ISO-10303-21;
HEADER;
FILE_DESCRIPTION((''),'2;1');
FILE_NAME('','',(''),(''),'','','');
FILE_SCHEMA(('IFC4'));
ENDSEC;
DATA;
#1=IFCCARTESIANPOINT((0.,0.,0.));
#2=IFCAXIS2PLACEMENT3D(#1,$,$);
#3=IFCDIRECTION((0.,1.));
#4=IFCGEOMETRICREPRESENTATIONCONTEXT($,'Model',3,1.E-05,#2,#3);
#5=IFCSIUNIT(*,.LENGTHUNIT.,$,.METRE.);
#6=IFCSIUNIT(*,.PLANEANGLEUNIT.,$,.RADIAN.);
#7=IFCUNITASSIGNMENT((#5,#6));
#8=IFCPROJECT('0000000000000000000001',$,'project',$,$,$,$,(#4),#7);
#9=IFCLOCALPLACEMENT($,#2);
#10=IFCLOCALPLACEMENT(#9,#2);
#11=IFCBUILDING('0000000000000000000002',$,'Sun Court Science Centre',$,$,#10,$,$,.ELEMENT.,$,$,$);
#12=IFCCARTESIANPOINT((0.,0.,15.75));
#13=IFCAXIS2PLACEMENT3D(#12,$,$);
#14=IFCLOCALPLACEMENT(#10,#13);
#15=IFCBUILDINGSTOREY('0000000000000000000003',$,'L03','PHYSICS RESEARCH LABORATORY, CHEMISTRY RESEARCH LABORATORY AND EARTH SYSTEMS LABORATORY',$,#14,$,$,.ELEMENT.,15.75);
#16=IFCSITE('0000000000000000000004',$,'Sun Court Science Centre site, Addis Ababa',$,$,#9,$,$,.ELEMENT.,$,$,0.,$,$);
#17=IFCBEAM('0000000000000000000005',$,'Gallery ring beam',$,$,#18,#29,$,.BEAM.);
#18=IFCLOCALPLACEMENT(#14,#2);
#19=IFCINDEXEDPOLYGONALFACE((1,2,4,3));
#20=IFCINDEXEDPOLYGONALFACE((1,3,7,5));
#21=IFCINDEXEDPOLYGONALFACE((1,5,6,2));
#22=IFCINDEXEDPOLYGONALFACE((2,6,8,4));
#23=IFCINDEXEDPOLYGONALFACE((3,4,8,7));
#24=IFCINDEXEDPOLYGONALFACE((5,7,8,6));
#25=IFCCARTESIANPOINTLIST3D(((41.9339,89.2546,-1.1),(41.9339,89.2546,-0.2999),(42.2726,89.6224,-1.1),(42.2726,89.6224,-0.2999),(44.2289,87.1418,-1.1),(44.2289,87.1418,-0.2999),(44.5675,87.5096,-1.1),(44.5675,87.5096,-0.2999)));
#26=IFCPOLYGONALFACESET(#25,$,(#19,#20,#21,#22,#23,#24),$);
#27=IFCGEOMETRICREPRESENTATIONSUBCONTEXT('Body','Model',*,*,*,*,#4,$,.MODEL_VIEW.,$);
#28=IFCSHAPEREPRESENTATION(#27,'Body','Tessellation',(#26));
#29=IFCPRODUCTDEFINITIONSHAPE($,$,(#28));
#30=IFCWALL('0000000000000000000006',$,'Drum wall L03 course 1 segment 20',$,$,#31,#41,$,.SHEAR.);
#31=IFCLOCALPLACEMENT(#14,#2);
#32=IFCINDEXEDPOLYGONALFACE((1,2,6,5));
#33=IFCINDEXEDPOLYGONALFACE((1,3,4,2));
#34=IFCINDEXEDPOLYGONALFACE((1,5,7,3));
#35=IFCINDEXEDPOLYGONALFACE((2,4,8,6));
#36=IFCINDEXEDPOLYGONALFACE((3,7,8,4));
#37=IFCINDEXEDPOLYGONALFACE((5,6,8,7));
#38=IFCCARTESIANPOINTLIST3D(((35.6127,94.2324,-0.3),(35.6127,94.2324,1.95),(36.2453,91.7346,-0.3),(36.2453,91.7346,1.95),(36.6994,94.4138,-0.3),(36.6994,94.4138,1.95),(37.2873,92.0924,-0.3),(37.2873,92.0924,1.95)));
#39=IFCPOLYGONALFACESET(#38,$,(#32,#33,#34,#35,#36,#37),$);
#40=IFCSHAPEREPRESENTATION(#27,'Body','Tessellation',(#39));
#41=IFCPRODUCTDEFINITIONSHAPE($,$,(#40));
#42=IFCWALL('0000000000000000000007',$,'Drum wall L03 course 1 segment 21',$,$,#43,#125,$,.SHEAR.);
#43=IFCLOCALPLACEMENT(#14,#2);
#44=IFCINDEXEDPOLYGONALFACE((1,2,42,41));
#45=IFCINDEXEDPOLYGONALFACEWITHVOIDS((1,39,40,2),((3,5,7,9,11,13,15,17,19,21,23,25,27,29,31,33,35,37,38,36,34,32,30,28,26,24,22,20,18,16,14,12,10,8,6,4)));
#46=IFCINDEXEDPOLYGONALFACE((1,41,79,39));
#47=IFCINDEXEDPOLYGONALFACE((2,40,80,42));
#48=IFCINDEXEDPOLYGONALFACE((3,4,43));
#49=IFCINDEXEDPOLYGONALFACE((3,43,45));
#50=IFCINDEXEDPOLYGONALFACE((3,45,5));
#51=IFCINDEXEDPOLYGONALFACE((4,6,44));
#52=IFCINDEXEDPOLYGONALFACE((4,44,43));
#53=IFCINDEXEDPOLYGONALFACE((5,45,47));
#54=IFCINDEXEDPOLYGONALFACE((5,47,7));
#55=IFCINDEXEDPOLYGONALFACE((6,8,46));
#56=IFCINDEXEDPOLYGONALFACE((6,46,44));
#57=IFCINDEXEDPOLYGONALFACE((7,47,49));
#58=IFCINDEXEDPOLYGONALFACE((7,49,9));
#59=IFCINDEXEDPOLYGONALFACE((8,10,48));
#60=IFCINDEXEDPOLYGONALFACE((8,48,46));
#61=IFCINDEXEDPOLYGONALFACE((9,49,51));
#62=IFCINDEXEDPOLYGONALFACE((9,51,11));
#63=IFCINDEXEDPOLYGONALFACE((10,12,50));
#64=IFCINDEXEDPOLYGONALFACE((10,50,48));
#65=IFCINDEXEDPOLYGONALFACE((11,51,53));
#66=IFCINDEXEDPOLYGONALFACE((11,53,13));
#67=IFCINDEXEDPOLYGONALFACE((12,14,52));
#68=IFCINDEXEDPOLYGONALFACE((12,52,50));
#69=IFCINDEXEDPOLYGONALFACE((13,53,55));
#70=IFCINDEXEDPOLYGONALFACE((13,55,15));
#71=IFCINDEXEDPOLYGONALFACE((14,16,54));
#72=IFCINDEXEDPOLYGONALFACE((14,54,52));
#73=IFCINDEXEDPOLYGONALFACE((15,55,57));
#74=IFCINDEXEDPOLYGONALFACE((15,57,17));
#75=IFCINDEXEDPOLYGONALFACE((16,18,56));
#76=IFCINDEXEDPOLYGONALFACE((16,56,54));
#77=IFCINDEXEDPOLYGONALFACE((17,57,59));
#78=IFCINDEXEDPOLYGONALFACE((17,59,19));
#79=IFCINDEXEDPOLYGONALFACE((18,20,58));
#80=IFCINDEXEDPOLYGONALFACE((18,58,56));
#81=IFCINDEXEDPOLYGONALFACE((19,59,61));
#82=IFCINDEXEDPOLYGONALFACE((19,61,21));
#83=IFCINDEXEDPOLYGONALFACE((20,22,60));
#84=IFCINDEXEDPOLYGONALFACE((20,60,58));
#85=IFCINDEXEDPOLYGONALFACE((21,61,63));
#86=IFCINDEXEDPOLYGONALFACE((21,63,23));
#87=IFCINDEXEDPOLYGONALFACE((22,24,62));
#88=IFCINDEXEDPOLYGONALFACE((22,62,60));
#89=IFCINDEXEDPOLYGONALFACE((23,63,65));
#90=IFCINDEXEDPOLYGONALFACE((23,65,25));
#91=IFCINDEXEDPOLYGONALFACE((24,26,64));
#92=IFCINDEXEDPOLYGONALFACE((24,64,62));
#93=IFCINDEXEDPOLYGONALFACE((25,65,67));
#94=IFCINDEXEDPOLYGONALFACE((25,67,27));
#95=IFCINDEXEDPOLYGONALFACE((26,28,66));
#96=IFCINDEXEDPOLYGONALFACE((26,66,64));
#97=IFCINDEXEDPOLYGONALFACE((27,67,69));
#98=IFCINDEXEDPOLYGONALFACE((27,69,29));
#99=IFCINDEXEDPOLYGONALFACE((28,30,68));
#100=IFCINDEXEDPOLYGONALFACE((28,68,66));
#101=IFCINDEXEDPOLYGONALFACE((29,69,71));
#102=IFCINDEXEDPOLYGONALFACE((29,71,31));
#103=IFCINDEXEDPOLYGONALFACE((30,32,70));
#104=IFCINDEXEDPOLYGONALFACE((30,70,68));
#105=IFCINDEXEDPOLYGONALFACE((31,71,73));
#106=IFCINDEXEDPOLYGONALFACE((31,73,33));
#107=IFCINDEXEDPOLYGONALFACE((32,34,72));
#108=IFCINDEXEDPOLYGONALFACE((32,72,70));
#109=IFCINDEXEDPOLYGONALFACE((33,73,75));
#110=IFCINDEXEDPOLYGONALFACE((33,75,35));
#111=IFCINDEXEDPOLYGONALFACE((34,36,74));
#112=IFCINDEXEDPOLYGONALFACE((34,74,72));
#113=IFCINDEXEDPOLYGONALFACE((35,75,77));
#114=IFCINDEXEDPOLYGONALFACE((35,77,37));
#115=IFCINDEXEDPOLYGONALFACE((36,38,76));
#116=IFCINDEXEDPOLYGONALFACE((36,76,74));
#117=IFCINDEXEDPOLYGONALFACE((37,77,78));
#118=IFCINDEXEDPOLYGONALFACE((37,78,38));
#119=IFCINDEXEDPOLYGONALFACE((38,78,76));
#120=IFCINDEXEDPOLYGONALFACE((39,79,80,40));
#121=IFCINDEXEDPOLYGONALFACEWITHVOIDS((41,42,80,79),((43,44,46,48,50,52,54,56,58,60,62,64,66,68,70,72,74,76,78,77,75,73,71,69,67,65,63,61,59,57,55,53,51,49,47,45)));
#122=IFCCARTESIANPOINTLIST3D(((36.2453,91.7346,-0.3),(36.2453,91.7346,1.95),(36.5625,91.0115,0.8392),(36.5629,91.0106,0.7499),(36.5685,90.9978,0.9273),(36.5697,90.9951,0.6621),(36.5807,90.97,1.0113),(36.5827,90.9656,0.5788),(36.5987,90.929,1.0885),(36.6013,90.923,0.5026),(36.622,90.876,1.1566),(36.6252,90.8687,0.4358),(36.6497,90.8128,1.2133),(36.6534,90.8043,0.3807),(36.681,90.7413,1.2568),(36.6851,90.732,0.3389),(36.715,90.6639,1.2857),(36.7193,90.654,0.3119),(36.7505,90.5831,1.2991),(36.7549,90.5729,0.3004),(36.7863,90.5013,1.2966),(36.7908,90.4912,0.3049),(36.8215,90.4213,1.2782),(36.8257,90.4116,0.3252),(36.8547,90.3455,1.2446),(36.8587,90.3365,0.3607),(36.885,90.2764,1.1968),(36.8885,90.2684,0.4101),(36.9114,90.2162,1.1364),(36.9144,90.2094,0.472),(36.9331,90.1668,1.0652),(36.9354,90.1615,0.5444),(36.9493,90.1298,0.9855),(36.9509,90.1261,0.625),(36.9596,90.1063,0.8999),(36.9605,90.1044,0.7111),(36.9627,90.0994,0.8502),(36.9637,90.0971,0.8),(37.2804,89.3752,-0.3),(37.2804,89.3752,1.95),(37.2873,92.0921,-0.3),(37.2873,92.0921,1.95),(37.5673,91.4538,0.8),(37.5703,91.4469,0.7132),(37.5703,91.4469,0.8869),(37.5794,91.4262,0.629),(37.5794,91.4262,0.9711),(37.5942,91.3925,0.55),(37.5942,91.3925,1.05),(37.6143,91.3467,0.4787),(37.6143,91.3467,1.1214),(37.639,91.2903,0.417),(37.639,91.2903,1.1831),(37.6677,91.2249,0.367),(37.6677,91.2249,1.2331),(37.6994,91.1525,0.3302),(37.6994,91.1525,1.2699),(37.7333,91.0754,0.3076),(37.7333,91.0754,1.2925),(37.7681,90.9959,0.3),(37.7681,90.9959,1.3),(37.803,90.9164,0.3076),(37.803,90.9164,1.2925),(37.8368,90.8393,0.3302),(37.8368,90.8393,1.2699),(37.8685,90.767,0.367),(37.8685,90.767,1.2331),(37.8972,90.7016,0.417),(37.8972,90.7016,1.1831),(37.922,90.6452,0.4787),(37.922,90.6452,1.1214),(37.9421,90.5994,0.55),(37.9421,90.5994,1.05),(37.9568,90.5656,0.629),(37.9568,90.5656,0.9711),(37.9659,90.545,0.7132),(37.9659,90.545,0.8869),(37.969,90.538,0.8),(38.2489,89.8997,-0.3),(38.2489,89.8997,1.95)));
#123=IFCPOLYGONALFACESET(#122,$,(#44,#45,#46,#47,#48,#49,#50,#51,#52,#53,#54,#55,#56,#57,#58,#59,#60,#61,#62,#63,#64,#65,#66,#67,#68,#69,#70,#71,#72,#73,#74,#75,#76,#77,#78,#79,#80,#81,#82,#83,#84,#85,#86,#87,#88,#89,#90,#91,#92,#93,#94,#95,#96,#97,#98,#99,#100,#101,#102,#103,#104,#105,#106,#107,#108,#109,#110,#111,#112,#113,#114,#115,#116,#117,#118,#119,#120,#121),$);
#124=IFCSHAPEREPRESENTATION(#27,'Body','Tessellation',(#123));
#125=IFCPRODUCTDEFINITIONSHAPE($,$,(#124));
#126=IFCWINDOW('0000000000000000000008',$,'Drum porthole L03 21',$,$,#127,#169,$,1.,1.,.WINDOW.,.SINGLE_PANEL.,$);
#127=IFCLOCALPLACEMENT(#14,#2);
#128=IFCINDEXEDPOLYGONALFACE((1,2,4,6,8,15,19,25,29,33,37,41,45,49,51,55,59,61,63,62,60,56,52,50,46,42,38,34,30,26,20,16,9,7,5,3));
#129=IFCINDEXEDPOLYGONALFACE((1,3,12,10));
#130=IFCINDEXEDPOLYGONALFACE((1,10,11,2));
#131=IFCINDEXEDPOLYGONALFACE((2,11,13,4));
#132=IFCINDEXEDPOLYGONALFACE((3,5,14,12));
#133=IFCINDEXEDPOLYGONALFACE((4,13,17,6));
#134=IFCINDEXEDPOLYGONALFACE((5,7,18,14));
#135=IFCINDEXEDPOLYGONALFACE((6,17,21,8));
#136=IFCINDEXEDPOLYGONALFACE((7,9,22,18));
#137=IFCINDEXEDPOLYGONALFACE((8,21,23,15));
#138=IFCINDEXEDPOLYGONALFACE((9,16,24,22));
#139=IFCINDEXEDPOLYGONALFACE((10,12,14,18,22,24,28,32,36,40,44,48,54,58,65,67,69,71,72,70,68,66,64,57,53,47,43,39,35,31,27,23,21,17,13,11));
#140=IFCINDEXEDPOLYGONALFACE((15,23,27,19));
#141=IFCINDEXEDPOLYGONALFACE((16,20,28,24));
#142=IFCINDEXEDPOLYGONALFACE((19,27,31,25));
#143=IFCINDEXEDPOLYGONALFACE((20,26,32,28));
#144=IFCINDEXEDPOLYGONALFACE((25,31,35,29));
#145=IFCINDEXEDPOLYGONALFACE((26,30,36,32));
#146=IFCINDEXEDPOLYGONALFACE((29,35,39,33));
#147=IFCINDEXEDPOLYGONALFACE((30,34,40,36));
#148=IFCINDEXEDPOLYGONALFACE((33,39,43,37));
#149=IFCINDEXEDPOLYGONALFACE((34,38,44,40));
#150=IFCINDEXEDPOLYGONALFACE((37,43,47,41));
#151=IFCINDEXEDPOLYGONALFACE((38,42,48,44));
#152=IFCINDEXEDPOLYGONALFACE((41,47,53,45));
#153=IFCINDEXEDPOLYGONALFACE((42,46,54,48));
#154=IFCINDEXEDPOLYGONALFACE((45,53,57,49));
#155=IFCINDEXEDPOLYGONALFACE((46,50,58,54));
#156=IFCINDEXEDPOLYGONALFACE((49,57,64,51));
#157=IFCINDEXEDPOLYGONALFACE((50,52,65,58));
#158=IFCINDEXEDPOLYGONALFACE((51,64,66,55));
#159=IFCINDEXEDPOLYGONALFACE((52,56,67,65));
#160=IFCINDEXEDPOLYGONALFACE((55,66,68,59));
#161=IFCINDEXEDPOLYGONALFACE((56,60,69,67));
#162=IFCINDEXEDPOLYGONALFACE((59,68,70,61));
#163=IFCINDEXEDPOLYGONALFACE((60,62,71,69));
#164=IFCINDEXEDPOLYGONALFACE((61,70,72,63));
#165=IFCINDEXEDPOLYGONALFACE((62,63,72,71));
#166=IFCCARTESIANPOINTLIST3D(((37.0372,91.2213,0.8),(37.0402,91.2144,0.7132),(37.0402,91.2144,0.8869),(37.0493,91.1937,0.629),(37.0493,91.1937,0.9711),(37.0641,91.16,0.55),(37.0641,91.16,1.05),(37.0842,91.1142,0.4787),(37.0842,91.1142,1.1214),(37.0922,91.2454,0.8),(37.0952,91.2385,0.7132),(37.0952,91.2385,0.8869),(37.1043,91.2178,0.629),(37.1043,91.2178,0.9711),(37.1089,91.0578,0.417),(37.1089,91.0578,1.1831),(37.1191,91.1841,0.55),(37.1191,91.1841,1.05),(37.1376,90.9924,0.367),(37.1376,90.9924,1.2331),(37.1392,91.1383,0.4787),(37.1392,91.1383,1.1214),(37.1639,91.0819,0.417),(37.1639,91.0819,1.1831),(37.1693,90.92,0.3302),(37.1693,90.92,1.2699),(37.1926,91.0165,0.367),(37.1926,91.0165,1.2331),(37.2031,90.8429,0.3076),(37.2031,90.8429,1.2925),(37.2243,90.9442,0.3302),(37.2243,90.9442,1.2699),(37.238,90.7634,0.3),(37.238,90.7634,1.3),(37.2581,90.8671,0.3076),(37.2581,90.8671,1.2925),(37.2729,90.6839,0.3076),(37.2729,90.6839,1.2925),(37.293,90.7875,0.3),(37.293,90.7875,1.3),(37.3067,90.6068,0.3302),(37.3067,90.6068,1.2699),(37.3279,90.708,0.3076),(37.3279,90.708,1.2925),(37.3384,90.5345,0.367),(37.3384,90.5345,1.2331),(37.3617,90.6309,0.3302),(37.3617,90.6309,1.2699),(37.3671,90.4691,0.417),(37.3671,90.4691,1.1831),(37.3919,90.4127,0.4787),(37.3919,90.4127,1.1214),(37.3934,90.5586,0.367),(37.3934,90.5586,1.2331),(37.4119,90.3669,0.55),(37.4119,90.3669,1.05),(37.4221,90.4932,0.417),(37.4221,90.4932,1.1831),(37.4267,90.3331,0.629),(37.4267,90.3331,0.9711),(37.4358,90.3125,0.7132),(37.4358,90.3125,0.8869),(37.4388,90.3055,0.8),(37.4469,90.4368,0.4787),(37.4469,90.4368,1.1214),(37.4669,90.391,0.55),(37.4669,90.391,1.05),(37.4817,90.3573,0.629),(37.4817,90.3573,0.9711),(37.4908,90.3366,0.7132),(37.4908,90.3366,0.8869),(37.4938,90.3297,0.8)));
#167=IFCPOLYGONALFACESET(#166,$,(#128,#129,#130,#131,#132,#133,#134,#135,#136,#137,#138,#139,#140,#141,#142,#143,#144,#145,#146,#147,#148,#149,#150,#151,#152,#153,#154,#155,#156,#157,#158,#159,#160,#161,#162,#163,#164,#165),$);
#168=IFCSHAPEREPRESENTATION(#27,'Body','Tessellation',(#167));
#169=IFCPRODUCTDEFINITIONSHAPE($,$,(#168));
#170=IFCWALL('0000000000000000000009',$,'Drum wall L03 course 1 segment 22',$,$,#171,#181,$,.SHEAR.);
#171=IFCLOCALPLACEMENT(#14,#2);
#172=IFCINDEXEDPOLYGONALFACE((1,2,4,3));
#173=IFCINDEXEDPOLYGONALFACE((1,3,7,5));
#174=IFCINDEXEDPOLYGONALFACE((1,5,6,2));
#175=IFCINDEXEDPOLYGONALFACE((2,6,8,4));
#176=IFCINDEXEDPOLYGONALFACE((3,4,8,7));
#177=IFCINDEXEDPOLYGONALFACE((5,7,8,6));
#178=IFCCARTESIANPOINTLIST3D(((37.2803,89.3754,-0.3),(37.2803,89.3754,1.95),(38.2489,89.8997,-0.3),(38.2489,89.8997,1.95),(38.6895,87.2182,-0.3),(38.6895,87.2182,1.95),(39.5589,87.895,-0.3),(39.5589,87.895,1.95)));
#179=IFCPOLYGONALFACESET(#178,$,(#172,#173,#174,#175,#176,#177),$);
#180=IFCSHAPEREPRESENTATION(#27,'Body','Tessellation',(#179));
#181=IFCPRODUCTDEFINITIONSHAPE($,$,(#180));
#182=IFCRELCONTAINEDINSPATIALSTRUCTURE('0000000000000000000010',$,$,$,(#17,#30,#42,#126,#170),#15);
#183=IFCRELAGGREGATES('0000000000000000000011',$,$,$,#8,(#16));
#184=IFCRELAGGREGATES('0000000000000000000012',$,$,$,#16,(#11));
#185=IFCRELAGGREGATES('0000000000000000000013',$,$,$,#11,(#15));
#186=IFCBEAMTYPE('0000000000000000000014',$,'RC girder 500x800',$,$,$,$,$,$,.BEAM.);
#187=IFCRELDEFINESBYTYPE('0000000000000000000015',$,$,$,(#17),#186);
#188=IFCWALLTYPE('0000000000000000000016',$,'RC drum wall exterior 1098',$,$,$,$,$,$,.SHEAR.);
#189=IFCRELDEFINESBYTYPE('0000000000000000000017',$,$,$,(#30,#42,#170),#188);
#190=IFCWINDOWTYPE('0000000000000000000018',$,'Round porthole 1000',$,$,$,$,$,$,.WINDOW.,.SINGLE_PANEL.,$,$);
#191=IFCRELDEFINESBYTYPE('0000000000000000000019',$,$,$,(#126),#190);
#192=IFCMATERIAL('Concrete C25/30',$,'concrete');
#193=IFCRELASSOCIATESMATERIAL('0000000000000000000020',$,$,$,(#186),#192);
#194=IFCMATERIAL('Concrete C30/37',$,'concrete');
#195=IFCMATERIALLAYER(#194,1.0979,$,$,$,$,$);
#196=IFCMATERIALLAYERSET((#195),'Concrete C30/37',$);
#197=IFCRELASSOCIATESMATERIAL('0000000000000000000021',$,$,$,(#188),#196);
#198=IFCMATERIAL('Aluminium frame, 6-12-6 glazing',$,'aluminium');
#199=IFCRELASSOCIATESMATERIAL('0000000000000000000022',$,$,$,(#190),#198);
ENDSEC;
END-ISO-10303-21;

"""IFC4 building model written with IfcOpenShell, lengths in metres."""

from ifc_helpers import new_model, si_unit, direction, frame, frame_2d, origin, origin_2d, place, context, subcontext, project, spatial, polyline, rectangle, circle, outline, extrude, material, layer, layer_set, material_profile, profile_set, type_object, element, fill, save


model = new_model("IFC4")

# Units and contexts
model_context = context("Model", 3, precision=1e-05, world=origin(), true_north=direction((0.0, 1.0)))
body_context = subcontext(model_context, "Body", "Model", "MODEL_VIEW")
ifc_project = project(units=[si_unit("LENGTHUNIT", "METRE"), si_unit("PLANEANGLEUNIT", "RADIAN")], contexts=[model_context])

# Site, building, storey
site_placement = place(None, origin())
site = spatial("IfcSite", under=ifc_project, at=site_placement, Name="Sun Court Science Centre site, Addis Ababa", CompositionType="ELEMENT", RefElevation=0.0)
building_placement = place(site_placement, origin())
building = spatial("IfcBuilding", under=site, at=building_placement, Name="Sun Court Science Centre", CompositionType="ELEMENT")
storey_placement = place(building_placement, frame((0.0, 0.0, 15.75)))
storey = spatial("IfcBuildingStorey", under=building, at=storey_placement, Name="L03", Description="PHYSICS RESEARCH LABORATORY, CHEMISTRY RESEARCH LABORATORY AND EARTH SYSTEMS LABORATORY", CompositionType="ELEMENT", Elevation=15.75)

# Beam
ifc_material_1 = material(Name="Concrete C25/30", Category="concrete")
ifc_material_profile_1 = material_profile(ifc_material_1, rectangle(XDim=0.5, YDim=0.8, at=origin_2d()), Name="RC 500x800")
ifc_profile_set_1 = profile_set([ifc_material_profile_1], Name="Concrete C25/30")
beam_type = type_object("IfcBeamType", Name="RC girder 500x800", PredefinedType="BEAM", material=ifc_profile_set_1)
beam_1_placement = place(storey_placement, frame((42.1033, 89.4385, -0.7), z_axis=(0.735697, -0.677311, 0.0), x_axis=(0.677311, 0.735697, 0.0)))
element("IfcBeam", 1, at=beam_1_placement, inside=storey, type_object=beam_type, Name="Gallery ring beam", PredefinedType="BEAM", context=body_context, shape_type="SweptSolid", body=[
    extrude(rectangle(XDim=0.5, YDim=0.8, at=origin_2d()), origin(), (0.0, 0.0, 1.0), 3.1194),
])

# Wall
ifc_material_2 = material(Name="Concrete C30/37", Category="concrete")
ifc_layer_1 = layer(ifc_material_2, 1.0979)
ifc_layer_set_1 = layer_set([ifc_layer_1], Name="Concrete C30/37")
wall_type_1 = type_object("IfcWallType", Name="RC drum wall exterior 1098", PredefinedType="SHEAR", material=ifc_layer_set_1)
wall_1_placement = place(storey_placement, frame((36.145, 94.3672, -0.3), z_axis=(0.0, 0.0, 1.0), x_axis=(0.245411, -0.969419, 0.0)))
element("IfcWall", 2, at=wall_1_placement, inside=storey, type_object=wall_type_1, Name="Drum wall L03 course 1 segment 20", PredefinedType="SHEAR", context=body_context, shape_type="SweptSolid", body=[
    extrude(outline(polyline([(0.0, -0.5491), (2.5767, -0.5488), (2.4856, 0.5491), (0.0908, 0.5488), (0.0, -0.5491)])), origin(), (0.0, 0.0, 1.0), 2.25),
])

# Wall, opening, window
wall_2_placement = place(storey_placement, frame((36.748, 91.9553, -0.3), z_axis=(0.0, 0.0, 1.0), x_axis=(0.401659, -0.915789, 0.0)))
wall_2 = element("IfcWall", 3, at=wall_2_placement, inside=storey, type_object=wall_type_1, Name="Drum wall L03 course 1 segment 21", PredefinedType="SHEAR", context=body_context, shape_type="SweptSolid", body=[
    extrude(outline(polyline([(0.0002, -0.5491), (2.5767, -0.5488), (2.4854, 0.5488), (0.0913, 0.5488), (0.0002, -0.5491)])), origin(), (0.0, 0.0, 1.0), 2.25),
])
opening_1_placement = place(wall_2_placement, frame((0.7883, 0.0, 0.6001)))
opening_1 = element("IfcOpeningElement", 4, at=opening_1_placement, cuts=wall_2, PredefinedType="OPENING", context=body_context, shape_type="SweptSolid", body=[
    extrude(circle(Radius=0.5, at=frame_2d((0.5, 0.5))), frame((0.0, 0.5588, 0.0), z_axis=(0.0, -1.0, 0.0), x_axis=(1.0, 0.0, 0.0)), (0.0, 0.0, 1.0), 1.1179),
])
ifc_material_3 = material(Name="Aluminium frame, 6-12-6 glazing", Category="aluminium")
window_type = type_object("IfcWindowType", Name="Round porthole 1000", PartitioningType="SINGLE_PANEL", PredefinedType="WINDOW", material=ifc_material_3)
window_1_placement = place(opening_1_placement, origin())
window_1 = element("IfcWindow", 5, at=window_1_placement, inside=storey, type_object=window_type, Name="Drum porthole L03 21", OverallHeight=1.0, OverallWidth=1.0, PartitioningType="SINGLE_PANEL", PredefinedType="WINDOW", context=body_context, shape_type="SweptSolid", body=[
    extrude(circle(Radius=0.5, at=frame_2d((0.5, 0.5))), frame((0.0, 0.03, 0.0), z_axis=(0.0, -1.0, 0.0), x_axis=(1.0, 0.0, 0.0)), (0.0, 0.0, 1.0), 0.0601),
])
fill(opening_1, window_1)

# Wall
wall_3_placement = place(storey_placement, frame((37.7397, 89.6755, -0.3), z_axis=(0.0, 0.0, 1.0), x_axis=(0.546935, -0.837175, 0.0)))
element("IfcWall", 6, at=wall_3_placement, inside=storey, type_object=wall_type_1, Name="Drum wall L03 course 1 segment 22", PredefinedType="SHEAR", context=body_context, shape_type="SweptSolid", body=[
    extrude(outline(polyline([(0.0, -0.5488), (2.5767, -0.5488), (2.4856, 0.5491), (0.0908, 0.5488), (0.0, -0.5488)])), origin(), (0.0, 0.0, 1.0), 2.25),
])

save(model, "model.ifc")
